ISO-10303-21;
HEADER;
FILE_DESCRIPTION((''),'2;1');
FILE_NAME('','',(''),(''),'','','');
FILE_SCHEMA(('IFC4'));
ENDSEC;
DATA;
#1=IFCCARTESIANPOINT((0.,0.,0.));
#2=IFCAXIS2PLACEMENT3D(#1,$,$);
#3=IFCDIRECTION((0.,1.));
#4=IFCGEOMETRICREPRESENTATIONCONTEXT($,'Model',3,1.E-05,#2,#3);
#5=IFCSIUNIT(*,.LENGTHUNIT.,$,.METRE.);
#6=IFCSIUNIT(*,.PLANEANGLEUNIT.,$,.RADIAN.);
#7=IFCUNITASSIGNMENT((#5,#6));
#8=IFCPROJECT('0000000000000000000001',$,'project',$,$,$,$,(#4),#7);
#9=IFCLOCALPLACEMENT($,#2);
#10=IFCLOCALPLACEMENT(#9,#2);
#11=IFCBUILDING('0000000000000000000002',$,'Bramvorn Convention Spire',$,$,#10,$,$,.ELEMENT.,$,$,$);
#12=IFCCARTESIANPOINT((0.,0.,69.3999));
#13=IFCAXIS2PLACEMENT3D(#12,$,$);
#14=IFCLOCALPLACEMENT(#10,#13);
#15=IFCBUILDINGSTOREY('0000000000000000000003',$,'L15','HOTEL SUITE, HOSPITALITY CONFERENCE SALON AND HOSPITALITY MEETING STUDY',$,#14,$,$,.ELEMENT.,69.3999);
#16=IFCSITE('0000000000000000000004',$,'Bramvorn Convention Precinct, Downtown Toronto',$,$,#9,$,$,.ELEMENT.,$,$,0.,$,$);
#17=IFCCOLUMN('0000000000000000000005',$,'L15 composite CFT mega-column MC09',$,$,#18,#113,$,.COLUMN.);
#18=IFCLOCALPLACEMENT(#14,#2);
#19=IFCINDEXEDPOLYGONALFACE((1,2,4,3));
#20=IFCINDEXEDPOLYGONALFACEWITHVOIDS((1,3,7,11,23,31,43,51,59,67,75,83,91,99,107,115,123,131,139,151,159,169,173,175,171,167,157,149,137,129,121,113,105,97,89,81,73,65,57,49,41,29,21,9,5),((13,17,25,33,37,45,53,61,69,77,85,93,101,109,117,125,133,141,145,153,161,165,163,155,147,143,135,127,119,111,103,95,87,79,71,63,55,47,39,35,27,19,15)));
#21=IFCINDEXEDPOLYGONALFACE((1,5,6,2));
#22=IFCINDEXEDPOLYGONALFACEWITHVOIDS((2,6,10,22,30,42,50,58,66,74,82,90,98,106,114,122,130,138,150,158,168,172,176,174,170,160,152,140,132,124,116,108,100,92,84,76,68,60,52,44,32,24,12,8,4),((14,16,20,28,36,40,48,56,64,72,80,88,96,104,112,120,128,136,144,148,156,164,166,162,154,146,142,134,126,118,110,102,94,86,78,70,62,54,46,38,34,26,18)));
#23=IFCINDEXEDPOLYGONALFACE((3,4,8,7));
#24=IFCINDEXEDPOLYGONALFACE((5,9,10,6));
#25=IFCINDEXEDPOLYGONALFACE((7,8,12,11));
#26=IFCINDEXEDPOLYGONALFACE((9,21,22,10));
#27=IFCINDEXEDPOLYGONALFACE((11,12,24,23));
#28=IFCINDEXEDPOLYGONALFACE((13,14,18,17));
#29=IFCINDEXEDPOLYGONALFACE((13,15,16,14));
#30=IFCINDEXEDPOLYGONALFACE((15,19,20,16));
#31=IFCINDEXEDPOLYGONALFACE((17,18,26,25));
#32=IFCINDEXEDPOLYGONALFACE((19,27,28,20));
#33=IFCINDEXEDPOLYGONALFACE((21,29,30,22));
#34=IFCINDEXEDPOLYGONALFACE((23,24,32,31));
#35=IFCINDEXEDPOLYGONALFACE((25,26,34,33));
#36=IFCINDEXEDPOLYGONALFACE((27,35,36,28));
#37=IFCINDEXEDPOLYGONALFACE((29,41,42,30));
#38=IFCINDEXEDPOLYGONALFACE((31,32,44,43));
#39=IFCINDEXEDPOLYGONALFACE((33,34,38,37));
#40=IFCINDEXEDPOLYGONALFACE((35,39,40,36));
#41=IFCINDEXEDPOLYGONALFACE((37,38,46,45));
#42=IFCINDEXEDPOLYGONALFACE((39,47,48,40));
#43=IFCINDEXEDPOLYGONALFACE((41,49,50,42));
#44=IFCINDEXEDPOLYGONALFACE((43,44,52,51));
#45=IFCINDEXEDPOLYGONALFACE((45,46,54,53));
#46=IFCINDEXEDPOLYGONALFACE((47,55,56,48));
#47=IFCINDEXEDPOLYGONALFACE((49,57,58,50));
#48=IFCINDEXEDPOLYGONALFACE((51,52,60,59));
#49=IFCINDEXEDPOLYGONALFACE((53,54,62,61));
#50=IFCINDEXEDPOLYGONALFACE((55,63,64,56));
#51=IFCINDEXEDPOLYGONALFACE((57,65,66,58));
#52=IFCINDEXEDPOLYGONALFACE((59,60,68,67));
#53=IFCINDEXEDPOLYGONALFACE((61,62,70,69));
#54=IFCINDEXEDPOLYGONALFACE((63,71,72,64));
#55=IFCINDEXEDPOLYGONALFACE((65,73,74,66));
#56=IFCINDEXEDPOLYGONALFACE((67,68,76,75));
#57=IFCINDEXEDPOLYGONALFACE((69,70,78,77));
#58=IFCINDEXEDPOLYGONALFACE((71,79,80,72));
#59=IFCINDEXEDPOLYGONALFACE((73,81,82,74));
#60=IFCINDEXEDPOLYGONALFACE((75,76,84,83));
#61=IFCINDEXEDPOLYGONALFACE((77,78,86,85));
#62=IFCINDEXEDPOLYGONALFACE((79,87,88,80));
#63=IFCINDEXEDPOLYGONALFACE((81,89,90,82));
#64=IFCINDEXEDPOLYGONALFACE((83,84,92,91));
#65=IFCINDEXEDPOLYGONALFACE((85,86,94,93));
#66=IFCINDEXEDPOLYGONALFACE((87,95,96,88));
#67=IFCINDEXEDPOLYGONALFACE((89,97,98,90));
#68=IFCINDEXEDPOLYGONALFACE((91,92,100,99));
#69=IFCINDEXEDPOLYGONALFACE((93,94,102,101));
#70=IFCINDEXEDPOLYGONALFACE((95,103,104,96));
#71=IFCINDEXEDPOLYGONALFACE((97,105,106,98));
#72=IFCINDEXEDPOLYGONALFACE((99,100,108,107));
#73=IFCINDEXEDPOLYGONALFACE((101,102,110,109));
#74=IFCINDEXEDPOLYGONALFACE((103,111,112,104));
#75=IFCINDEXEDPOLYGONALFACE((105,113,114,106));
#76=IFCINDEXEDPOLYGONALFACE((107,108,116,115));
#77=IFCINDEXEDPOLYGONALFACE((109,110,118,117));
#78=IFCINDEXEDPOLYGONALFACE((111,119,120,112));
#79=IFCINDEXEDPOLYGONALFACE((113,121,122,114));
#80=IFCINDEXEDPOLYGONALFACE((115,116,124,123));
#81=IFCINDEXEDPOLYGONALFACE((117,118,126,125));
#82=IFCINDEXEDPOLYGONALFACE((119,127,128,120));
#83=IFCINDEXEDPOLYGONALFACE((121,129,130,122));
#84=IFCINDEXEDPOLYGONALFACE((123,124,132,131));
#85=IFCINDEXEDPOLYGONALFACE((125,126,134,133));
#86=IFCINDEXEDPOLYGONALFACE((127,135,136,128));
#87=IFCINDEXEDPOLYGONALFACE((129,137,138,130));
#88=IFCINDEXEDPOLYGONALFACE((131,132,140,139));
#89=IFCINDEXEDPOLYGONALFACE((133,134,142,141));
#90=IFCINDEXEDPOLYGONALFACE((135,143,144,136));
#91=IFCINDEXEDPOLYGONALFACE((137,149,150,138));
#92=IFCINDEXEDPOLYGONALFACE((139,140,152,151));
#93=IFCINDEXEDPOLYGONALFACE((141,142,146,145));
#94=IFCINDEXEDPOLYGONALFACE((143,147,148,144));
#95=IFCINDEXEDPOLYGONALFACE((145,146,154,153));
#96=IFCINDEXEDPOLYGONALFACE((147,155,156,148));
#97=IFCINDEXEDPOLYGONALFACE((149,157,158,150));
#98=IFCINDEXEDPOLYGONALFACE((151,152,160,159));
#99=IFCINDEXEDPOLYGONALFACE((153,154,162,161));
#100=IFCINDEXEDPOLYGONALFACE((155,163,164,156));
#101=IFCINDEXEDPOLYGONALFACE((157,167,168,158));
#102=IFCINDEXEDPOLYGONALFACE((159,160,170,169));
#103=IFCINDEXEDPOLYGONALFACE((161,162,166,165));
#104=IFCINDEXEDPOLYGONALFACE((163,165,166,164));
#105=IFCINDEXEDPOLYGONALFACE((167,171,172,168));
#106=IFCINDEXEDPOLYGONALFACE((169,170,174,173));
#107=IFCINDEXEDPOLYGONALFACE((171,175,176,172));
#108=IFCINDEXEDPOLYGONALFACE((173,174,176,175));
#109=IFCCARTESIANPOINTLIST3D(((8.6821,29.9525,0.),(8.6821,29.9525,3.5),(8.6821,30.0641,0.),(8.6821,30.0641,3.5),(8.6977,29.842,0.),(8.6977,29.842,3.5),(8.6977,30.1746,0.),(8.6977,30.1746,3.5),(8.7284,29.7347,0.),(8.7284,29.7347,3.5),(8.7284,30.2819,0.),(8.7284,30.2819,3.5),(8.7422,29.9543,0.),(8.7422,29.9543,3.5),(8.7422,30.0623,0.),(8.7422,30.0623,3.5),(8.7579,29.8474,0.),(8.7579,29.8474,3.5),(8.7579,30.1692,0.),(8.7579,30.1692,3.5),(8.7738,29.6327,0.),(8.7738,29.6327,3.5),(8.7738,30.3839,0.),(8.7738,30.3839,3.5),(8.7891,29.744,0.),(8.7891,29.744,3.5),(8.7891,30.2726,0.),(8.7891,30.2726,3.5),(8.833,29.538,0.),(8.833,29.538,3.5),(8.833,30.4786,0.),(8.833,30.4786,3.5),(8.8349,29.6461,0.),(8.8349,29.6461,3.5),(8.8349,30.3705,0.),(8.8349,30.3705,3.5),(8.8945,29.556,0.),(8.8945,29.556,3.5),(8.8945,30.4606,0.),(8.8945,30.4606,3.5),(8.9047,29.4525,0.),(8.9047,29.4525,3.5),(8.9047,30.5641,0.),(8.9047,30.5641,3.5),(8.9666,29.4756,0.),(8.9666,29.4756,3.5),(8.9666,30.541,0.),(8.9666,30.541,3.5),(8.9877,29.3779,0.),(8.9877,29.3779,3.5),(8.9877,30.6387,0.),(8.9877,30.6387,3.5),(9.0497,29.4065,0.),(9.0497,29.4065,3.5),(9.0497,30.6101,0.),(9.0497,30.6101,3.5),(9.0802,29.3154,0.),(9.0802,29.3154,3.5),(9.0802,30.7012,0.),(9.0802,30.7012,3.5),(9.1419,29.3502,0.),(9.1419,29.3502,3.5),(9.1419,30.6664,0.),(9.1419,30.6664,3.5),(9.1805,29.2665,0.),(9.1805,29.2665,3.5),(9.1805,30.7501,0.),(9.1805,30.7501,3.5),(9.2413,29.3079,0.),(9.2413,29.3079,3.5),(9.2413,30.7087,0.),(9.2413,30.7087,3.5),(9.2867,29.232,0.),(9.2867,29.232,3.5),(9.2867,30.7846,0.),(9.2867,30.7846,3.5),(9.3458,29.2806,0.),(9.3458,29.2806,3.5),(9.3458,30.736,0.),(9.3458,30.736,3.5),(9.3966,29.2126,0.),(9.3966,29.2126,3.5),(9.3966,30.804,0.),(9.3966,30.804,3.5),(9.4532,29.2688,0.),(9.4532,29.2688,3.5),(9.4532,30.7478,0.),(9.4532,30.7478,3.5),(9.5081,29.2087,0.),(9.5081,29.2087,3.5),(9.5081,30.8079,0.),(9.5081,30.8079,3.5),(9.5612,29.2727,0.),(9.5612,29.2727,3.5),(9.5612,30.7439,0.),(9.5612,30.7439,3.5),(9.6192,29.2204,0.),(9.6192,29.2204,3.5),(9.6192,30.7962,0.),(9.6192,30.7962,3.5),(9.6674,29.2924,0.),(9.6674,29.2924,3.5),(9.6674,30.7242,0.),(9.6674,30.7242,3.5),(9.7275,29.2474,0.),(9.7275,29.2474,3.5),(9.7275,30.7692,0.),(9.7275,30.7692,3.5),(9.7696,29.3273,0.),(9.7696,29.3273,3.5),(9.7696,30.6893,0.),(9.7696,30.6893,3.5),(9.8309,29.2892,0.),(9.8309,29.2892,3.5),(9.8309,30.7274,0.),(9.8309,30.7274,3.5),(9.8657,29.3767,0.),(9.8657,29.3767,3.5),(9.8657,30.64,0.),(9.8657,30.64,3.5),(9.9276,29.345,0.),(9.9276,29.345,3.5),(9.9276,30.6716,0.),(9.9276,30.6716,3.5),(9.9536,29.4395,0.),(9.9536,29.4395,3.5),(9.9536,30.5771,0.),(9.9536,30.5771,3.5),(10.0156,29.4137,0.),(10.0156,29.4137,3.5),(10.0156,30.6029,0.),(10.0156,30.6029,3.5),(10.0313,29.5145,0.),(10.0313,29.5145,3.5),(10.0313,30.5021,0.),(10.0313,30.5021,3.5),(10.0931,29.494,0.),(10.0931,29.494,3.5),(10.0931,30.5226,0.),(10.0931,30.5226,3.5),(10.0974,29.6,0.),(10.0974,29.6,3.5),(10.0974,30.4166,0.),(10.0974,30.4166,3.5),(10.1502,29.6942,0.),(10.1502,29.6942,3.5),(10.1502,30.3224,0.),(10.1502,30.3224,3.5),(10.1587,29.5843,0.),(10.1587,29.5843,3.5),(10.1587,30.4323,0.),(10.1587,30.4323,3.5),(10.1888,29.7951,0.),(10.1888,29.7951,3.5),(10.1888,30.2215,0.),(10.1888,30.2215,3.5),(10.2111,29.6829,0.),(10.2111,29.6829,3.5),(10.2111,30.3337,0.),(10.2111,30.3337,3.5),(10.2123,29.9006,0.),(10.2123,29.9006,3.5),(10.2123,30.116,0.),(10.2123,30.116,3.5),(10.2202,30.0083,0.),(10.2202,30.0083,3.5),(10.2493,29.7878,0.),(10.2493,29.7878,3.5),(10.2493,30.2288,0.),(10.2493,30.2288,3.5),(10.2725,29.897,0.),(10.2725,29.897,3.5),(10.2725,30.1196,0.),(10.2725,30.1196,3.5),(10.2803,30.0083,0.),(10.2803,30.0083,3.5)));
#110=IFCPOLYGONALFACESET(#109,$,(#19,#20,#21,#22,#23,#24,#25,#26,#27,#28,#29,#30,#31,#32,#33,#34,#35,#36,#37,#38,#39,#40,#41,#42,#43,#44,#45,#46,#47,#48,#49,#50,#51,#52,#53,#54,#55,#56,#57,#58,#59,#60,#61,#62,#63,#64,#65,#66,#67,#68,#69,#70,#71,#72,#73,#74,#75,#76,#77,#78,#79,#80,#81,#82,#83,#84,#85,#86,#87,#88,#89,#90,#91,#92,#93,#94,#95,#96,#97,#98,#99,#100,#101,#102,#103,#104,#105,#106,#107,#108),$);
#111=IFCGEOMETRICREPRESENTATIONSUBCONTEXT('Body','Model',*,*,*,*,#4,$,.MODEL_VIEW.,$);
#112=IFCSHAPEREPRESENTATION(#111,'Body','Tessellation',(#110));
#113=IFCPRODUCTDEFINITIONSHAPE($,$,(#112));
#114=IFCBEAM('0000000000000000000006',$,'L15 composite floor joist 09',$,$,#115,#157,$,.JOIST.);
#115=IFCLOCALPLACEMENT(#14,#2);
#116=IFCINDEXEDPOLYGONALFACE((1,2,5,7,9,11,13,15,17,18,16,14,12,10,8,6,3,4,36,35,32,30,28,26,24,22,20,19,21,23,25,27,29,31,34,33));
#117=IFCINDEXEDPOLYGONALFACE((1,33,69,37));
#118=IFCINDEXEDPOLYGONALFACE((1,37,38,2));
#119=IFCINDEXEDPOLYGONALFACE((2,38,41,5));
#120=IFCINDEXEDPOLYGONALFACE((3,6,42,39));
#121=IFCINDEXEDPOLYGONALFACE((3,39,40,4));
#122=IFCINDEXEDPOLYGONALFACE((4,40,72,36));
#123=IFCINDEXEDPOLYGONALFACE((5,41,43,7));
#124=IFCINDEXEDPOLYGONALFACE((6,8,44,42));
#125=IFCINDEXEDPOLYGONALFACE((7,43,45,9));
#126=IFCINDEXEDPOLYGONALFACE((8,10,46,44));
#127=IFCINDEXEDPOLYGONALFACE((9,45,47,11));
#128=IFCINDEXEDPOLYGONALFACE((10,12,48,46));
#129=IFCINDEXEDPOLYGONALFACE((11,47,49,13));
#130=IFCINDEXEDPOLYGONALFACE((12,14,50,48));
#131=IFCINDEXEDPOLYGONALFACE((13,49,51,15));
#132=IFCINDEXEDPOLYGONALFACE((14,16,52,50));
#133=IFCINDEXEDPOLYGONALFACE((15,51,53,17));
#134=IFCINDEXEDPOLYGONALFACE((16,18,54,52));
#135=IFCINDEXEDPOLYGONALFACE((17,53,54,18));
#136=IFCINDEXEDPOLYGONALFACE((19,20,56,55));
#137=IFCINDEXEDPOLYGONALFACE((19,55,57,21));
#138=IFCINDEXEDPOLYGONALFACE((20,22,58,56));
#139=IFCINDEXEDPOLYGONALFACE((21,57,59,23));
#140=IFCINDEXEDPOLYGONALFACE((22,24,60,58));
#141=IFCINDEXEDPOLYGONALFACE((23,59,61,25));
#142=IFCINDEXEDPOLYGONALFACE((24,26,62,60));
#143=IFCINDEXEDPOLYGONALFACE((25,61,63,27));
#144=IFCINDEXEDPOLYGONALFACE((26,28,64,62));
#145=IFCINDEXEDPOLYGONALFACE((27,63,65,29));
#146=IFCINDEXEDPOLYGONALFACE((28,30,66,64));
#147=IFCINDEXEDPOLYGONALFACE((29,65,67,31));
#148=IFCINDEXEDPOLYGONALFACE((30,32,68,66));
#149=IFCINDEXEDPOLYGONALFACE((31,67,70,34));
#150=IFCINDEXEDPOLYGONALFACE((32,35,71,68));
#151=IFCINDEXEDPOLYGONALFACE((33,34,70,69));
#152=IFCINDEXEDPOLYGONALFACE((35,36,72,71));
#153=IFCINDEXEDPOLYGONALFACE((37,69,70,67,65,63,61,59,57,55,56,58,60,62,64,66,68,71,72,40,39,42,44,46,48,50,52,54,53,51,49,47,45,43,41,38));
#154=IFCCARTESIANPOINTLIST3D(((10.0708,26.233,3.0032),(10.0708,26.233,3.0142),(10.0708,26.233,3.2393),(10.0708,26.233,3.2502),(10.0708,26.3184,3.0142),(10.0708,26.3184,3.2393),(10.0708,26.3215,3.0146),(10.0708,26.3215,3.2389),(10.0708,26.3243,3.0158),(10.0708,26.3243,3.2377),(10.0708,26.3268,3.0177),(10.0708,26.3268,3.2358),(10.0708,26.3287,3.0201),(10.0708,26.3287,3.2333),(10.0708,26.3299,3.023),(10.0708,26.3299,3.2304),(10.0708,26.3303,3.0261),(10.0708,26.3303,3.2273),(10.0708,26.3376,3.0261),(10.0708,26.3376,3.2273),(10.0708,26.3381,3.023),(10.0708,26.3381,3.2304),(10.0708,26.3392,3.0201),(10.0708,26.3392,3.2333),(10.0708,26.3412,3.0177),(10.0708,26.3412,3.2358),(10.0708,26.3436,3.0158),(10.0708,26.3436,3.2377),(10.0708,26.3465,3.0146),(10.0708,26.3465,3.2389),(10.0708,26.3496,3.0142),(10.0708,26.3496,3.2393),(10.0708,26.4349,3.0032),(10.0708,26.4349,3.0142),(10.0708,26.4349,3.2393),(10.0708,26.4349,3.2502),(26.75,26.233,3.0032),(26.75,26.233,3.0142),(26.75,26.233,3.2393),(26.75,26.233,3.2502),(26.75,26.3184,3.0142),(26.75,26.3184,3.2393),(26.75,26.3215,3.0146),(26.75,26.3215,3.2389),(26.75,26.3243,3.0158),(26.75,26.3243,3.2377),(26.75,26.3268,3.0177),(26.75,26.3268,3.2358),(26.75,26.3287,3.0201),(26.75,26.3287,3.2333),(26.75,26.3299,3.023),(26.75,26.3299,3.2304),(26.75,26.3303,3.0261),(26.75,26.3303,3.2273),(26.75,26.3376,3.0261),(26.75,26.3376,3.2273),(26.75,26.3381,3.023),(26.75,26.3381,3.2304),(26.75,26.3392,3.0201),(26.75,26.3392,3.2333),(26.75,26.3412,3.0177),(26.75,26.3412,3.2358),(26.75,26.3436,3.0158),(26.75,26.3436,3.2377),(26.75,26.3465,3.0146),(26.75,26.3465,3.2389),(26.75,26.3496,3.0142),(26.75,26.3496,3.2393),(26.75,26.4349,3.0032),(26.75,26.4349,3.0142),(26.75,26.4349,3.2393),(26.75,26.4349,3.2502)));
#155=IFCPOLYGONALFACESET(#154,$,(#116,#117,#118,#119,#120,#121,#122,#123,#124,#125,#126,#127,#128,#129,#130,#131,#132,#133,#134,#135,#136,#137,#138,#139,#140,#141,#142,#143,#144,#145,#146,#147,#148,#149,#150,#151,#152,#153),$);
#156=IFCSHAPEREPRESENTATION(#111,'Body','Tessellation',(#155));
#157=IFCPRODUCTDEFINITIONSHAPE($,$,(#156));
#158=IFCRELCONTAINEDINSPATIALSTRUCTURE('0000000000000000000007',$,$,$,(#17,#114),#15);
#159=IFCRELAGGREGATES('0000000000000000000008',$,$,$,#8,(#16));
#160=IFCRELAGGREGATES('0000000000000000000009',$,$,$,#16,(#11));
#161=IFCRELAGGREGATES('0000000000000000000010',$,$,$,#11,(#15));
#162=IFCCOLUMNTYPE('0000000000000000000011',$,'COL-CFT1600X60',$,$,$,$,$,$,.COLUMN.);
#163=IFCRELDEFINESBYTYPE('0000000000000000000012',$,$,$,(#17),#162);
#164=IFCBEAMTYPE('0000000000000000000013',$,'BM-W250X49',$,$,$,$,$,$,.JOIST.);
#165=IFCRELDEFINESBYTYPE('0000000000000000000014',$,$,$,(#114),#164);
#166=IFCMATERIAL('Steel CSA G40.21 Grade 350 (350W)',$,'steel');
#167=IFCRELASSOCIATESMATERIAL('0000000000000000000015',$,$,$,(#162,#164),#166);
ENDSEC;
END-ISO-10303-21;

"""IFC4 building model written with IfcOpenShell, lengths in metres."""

from ifc_helpers import new_model, si_unit, direction, frame, origin, origin_2d, place, context, subcontext, project, spatial, hollow_circle, i_section, extrude, material, material_profile, profile_set, type_object, element, save


model = new_model("IFC4")

# Units and contexts
model_context = context("Model", 3, precision=1e-05, world=origin(), true_north=direction((0.0, 1.0)))
body_context = subcontext(model_context, "Body", "Model", "MODEL_VIEW")
ifc_project = project(units=[si_unit("LENGTHUNIT", "METRE"), si_unit("PLANEANGLEUNIT", "RADIAN")], contexts=[model_context])

# Site, building, storey
site_placement = place(None, origin())
site = spatial("IfcSite", under=ifc_project, at=site_placement, Name="Bramvorn Convention Precinct, Downtown Toronto", CompositionType="ELEMENT", RefElevation=0.0)
building_placement = place(site_placement, origin())
building = spatial("IfcBuilding", under=site, at=building_placement, Name="Bramvorn Convention Spire", CompositionType="ELEMENT")
storey_placement = place(building_placement, frame((0.0, 0.0, 69.3999)))
storey = spatial("IfcBuildingStorey", under=building, at=storey_placement, Name="L15", Description="HOTEL SUITE, HOSPITALITY CONFERENCE SALON AND HOSPITALITY MEETING STUDY", CompositionType="ELEMENT", Elevation=69.3999)

# Column
ifc_material_1 = material(Name="Steel CSA G40.21 Grade 350 (350W)", Category="steel")
ifc_material_profile_1 = material_profile(ifc_material_1, hollow_circle(Radius=0.8, WallThickness=0.0601, at=origin_2d()))
ifc_profile_set_1 = profile_set([ifc_material_profile_1], Name="Steel CSA G40.21 Grade 350 (350W) - CFT1600X60")
column_type = type_object("IfcColumnType", Name="COL-CFT1600X60", PredefinedType="COLUMN", material=ifc_profile_set_1)
column_placement = place(storey_placement, frame((9.4802, 30.0083, 0.0), z_axis=(0.0, 0.0, 1.0), x_axis=(1.0, 0.0, 0.0)))
element("IfcColumn", 1, at=column_placement, inside=storey, type_object=column_type, Name="L15 composite CFT mega-column MC09", PredefinedType="COLUMN", context=body_context, shape_type="SweptSolid", body=[
    extrude(hollow_circle(Radius=0.8, WallThickness=0.0601, at=origin_2d()), origin(), (0.0, 0.0, 1.0), 3.5),
])

# Beam
ifc_material_profile_2 = material_profile(ifc_material_1, i_section(OverallWidth=0.2019, OverallDepth=0.2471, WebThickness=0.0073, FlangeThickness=0.011, FilletRadius=0.012, at=origin_2d()))
ifc_profile_set_2 = profile_set([ifc_material_profile_2], Name="Steel CSA G40.21 Grade 350 (350W) - W250X49")
beam_type_1 = type_object("IfcBeamType", Name="BM-W250X49", PredefinedType="JOIST", material=ifc_profile_set_2)
beam_1_placement = place(storey_placement, frame((26.75, 26.334, 3.1267), z_axis=(-1.0, 0.0, 0.0), x_axis=(0.0, -1.0, 0.0)))
element("IfcBeam", 2, at=beam_1_placement, inside=storey, type_object=beam_type_1, Name="L15 composite floor joist 09", PredefinedType="JOIST", context=body_context, shape_type="SweptSolid", body=[
    extrude(i_section(OverallWidth=0.2019, OverallDepth=0.2471, WebThickness=0.0073, FlangeThickness=0.011, FilletRadius=0.012, at=origin_2d()), origin(), (0.0, 0.0, 1.0), 16.6792),
])

save(model, "model.ifc")
